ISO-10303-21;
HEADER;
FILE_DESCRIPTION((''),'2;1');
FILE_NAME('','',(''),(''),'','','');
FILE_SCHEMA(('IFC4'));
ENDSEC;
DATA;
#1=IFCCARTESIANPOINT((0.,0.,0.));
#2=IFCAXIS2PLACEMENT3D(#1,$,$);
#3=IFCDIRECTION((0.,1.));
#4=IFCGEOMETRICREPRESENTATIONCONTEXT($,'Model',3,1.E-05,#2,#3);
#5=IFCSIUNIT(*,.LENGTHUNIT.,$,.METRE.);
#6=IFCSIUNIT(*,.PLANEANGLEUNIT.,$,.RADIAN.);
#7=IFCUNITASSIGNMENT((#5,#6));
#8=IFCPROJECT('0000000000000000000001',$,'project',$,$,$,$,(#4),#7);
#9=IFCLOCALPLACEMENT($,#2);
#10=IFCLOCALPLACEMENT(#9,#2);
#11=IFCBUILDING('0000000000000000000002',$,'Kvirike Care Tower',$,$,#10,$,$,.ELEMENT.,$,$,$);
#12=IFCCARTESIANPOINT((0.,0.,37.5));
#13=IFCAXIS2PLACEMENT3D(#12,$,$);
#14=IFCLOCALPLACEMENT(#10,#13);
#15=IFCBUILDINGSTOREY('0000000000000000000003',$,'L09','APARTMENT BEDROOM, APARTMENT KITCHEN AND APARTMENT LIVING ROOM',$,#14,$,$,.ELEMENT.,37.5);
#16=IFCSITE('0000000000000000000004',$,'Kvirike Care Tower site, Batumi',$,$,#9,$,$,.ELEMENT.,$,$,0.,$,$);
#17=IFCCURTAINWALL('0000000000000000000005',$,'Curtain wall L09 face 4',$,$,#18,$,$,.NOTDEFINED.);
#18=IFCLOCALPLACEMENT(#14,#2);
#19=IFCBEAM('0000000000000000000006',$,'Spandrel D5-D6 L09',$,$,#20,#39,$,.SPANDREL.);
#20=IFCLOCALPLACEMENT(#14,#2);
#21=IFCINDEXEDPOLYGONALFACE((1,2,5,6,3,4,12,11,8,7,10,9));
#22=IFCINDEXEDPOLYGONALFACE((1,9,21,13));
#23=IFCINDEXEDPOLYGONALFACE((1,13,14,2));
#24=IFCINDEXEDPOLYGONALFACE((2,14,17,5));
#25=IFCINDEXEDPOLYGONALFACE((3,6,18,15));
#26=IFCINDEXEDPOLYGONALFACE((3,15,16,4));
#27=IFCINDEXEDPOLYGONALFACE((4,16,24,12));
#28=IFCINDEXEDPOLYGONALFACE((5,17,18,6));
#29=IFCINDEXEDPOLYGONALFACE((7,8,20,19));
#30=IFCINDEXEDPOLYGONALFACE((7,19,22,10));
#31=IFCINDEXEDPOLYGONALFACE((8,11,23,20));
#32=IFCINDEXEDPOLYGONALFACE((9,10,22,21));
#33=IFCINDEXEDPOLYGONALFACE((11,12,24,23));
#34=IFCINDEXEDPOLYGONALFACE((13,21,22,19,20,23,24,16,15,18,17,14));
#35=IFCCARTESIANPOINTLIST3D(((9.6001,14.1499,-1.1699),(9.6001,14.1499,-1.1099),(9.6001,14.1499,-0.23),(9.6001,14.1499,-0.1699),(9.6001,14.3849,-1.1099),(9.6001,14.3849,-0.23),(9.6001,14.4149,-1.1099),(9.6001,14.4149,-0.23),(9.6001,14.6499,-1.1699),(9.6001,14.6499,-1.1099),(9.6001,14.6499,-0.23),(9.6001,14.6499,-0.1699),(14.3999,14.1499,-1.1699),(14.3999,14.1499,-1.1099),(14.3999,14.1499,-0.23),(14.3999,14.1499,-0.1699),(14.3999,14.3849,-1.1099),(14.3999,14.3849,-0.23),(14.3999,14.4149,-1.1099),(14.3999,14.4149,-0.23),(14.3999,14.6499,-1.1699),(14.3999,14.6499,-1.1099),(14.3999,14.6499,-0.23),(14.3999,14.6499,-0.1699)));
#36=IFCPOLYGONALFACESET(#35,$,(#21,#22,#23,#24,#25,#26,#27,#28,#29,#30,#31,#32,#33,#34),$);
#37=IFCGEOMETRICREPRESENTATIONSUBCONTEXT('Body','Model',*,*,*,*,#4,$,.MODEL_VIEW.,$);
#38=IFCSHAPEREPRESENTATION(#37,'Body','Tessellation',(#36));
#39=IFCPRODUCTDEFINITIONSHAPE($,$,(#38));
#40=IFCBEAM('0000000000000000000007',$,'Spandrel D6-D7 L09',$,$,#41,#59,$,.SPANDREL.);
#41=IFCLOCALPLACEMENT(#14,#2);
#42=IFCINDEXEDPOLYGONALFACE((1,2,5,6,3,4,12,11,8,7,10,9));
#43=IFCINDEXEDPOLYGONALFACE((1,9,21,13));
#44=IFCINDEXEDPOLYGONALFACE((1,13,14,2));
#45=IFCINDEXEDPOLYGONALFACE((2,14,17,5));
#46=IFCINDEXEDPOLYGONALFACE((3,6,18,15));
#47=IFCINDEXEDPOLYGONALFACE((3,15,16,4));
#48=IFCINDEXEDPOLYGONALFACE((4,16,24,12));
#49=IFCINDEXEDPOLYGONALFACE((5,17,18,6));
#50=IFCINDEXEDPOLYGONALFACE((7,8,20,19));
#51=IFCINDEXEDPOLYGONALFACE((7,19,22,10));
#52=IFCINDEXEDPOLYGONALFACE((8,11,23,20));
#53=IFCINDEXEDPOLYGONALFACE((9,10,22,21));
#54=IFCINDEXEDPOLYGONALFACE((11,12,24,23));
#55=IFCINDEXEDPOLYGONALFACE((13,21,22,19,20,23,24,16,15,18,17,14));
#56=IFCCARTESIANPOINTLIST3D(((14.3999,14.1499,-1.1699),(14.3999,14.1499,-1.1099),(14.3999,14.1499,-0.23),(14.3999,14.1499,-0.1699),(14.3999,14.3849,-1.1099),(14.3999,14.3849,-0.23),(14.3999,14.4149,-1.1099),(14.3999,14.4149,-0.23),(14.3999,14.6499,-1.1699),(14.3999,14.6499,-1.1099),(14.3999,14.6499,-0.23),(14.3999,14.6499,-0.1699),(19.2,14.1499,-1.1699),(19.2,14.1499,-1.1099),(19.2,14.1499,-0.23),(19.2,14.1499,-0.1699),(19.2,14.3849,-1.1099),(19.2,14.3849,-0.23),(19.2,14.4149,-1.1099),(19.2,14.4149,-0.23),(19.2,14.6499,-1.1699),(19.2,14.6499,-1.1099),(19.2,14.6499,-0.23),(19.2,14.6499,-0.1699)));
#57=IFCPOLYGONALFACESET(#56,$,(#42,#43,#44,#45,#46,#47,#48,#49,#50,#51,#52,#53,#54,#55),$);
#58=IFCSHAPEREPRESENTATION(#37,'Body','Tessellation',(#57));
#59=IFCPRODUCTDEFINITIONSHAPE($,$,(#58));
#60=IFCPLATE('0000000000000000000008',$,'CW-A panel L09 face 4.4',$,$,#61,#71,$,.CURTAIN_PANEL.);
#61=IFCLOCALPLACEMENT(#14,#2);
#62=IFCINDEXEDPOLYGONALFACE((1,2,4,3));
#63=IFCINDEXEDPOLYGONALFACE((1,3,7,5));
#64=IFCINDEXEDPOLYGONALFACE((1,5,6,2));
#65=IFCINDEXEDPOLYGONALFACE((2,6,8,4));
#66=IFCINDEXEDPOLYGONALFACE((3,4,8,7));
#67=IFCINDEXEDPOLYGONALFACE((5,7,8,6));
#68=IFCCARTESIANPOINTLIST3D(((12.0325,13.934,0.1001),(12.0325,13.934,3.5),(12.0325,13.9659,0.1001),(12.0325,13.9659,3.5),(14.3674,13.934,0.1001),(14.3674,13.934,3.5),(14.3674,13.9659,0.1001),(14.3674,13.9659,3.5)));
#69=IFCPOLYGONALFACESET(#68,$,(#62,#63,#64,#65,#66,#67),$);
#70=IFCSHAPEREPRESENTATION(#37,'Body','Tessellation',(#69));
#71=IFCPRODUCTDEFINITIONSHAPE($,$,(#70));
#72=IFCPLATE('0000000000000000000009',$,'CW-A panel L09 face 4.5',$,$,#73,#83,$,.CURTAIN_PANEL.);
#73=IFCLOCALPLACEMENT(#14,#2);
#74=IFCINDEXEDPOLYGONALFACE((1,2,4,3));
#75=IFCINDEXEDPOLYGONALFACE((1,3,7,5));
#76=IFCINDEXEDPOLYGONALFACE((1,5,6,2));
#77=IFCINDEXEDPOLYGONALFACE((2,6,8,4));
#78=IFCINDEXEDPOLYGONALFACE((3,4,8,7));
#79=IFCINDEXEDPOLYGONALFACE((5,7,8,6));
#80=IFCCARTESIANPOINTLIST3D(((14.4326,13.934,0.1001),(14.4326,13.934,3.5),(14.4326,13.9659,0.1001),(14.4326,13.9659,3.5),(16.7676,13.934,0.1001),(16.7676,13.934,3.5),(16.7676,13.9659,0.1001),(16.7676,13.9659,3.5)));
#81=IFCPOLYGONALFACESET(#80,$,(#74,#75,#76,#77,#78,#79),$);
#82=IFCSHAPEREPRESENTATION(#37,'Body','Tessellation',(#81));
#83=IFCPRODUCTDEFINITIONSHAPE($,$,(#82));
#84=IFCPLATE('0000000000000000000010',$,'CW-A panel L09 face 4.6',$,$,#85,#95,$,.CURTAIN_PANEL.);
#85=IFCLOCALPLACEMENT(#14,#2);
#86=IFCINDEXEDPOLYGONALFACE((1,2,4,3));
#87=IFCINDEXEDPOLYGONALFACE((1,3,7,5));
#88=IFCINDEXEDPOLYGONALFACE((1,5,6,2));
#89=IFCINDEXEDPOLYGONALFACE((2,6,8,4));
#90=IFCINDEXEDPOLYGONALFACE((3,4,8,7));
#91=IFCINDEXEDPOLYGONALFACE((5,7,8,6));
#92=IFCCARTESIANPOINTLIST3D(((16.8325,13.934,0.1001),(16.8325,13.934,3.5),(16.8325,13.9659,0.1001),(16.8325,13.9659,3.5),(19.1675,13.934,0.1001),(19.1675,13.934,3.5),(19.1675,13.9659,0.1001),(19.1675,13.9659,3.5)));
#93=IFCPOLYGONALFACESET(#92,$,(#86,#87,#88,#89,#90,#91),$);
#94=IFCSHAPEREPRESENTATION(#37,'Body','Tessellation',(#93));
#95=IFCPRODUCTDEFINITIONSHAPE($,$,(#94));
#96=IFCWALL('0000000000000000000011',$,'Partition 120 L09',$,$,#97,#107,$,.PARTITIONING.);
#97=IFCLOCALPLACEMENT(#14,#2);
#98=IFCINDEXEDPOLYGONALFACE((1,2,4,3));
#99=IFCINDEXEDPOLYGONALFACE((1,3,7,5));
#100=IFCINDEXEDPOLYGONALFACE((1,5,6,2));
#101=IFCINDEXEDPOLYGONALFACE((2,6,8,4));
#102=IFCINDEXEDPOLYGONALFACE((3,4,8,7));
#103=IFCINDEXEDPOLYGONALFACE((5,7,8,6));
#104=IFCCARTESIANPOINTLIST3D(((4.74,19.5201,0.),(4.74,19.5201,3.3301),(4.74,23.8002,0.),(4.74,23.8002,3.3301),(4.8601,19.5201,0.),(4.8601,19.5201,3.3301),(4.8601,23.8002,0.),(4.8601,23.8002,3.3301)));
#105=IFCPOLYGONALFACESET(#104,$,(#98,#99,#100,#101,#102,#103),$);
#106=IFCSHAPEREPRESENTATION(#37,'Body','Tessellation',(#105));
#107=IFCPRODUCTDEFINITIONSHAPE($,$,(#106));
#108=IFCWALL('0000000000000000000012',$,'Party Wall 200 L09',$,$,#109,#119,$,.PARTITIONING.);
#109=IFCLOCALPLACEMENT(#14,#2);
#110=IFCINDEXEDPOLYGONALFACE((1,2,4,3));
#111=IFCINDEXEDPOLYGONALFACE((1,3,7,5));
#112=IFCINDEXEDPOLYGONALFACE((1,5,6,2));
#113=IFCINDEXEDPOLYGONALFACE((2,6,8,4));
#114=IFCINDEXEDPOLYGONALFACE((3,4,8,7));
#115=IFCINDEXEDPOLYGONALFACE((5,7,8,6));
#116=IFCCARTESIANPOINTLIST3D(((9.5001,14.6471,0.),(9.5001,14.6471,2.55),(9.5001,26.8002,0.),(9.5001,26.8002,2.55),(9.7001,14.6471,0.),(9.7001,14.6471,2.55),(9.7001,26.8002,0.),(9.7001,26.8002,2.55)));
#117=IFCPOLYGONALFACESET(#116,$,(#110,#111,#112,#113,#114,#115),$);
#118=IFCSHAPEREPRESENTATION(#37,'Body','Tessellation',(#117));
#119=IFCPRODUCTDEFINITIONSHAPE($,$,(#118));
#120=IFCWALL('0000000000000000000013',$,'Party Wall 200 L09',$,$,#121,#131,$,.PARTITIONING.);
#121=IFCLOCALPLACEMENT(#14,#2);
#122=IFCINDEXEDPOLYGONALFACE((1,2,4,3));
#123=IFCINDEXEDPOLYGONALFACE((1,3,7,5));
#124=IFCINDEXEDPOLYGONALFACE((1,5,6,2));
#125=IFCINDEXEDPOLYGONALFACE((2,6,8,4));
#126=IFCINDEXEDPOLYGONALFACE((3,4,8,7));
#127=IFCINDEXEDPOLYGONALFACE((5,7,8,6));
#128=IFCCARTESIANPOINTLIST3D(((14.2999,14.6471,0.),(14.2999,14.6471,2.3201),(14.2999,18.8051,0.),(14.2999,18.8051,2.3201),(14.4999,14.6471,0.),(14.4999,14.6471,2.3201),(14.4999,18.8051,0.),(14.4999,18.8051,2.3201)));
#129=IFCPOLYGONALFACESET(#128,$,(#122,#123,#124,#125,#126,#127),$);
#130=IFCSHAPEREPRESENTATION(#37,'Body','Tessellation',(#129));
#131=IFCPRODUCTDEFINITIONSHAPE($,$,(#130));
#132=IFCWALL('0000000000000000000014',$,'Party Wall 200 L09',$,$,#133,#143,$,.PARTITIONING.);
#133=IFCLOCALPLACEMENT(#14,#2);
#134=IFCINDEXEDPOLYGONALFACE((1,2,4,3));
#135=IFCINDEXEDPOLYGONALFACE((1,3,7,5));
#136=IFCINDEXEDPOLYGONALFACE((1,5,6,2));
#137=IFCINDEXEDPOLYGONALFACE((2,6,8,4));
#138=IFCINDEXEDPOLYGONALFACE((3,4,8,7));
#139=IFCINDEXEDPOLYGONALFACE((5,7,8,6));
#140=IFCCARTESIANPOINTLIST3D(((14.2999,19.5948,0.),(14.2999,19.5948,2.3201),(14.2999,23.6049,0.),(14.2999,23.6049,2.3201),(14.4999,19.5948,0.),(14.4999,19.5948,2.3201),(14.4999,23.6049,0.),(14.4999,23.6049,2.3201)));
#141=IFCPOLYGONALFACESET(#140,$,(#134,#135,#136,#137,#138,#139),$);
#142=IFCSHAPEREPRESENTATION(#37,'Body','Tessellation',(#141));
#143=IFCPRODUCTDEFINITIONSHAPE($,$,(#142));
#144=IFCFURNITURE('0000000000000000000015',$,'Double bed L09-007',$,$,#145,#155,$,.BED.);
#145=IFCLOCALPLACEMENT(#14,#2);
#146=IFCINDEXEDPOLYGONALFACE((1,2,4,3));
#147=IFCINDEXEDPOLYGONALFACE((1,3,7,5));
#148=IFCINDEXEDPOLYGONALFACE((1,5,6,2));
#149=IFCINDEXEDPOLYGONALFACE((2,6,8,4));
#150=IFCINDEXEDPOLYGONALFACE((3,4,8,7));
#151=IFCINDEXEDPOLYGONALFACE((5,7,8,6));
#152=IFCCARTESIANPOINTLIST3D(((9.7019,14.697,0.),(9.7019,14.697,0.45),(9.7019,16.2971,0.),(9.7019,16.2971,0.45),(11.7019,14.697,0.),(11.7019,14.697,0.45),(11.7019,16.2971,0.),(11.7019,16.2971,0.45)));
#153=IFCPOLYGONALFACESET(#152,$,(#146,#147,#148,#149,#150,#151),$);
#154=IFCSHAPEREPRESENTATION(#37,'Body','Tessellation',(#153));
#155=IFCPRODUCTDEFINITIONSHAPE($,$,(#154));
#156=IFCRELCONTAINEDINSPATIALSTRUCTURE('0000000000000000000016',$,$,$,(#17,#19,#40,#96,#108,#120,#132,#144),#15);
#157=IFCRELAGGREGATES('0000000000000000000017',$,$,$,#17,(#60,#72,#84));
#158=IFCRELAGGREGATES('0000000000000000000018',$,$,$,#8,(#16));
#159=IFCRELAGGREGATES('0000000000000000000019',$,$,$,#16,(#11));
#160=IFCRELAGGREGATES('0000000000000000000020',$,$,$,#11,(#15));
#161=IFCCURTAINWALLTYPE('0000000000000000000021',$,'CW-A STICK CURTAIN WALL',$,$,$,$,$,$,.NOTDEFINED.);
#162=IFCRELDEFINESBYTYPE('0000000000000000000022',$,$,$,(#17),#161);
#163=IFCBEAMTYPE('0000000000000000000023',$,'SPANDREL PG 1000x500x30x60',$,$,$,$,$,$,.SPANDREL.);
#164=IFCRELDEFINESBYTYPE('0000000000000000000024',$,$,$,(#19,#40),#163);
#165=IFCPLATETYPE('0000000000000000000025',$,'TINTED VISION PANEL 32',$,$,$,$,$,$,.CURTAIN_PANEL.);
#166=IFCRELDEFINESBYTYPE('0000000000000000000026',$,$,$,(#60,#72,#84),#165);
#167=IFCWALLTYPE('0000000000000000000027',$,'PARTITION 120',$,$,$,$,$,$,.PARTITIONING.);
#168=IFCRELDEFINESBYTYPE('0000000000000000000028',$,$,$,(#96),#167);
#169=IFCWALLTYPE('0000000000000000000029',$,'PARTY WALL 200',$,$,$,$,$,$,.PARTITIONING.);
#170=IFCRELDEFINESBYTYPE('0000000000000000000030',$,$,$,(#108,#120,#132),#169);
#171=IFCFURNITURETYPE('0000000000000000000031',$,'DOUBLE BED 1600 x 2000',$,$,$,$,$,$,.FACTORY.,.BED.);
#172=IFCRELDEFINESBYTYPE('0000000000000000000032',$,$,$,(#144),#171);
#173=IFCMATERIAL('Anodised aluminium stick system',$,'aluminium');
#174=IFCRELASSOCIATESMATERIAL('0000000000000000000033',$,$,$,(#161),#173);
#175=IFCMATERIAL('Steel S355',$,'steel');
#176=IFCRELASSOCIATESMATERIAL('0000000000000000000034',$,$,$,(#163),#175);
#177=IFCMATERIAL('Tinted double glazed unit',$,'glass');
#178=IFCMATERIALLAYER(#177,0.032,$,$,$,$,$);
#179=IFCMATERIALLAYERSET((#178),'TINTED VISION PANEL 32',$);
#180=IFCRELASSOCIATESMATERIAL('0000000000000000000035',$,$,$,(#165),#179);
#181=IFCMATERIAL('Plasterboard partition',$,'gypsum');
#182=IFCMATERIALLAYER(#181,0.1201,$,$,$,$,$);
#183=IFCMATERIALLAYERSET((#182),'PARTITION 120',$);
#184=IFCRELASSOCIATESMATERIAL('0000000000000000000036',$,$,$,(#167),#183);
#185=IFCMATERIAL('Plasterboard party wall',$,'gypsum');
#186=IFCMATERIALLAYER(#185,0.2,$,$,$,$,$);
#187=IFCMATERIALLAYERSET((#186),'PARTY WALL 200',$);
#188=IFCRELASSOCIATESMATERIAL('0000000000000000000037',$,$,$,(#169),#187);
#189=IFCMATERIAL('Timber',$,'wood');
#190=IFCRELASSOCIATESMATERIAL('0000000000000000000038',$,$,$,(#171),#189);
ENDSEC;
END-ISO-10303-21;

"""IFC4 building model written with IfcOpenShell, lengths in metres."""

from ifc_helpers import new_model, si_unit, direction, frame, frame_2d, origin, origin_2d, place, context, subcontext, project, spatial, rectangle, i_section, extrude, material, layer, layer_set, material_profile, profile_set, type_object, element, aggregate, save


model = new_model("IFC4")

# Units and contexts
model_context = context("Model", 3, precision=1e-05, world=origin(), true_north=direction((0.0, 1.0)))
body_context = subcontext(model_context, "Body", "Model", "MODEL_VIEW")
ifc_project = project(units=[si_unit("LENGTHUNIT", "METRE"), si_unit("PLANEANGLEUNIT", "RADIAN")], contexts=[model_context])

# Site, building, storey
site_placement = place(None, origin())
site = spatial("IfcSite", under=ifc_project, at=site_placement, Name="Kvirike Care Tower site, Batumi", CompositionType="ELEMENT", RefElevation=0.0)
building_placement = place(site_placement, origin())
building = spatial("IfcBuilding", under=site, at=building_placement, Name="Kvirike Care Tower", CompositionType="ELEMENT")
storey_placement = place(building_placement, frame((0.0, 0.0, 37.5)))
storey = spatial("IfcBuildingStorey", under=building, at=storey_placement, Name="L09", Description="APARTMENT BEDROOM, APARTMENT KITCHEN AND APARTMENT LIVING ROOM", CompositionType="ELEMENT", Elevation=37.5)

# Curtain wall
ifc_material_1 = material(Name="Anodised aluminium stick system", Category="aluminium")
curtain_wall_type = type_object("IfcCurtainWallType", Name="CW-A STICK CURTAIN WALL", PredefinedType="NOTDEFINED", material=ifc_material_1)
curtain_wall_placement = place(storey_placement, origin())
curtain_wall = element("IfcCurtainWall", 1, at=curtain_wall_placement, inside=storey, type_object=curtain_wall_type, Name="Curtain wall L09 face 4", PredefinedType="NOTDEFINED")

# Beams
ifc_material_2 = material(Name="Steel S355", Category="steel")
ifc_material_profile_1 = material_profile(ifc_material_2, i_section(OverallWidth=0.5, OverallDepth=1.0, WebThickness=0.03, FlangeThickness=0.0601, at=origin_2d()), Name="PG 1000x500x30x60")
ifc_profile_set_1 = profile_set([ifc_material_profile_1], Name="Steel S355")
beam_type_1 = type_object("IfcBeamType", Name="SPANDREL PG 1000x500x30x60", PredefinedType="SPANDREL", material=ifc_profile_set_1)
beam_1_placement = place(storey_placement, frame((9.6001, 14.3999, -0.6699), z_axis=(1.0, 0.0, 0.0), x_axis=(0.0, 1.0, 0.0)))
element("IfcBeam", 2, at=beam_1_placement, inside=storey, type_object=beam_type_1, Name="Spandrel D5-D6 L09", PredefinedType="SPANDREL", context=body_context, shape_type="SweptSolid", body=[
    extrude(i_section(OverallWidth=0.5, OverallDepth=1.0, WebThickness=0.03, FlangeThickness=0.0601, at=origin_2d()), origin(), (0.0, 0.0, 1.0), 4.7998),
])
beam_2_placement = place(storey_placement, frame((14.3999, 14.3999, -0.6699), z_axis=(1.0, 0.0, 0.0), x_axis=(0.0, 1.0, 0.0)))
element("IfcBeam", 3, at=beam_2_placement, inside=storey, type_object=beam_type_1, Name="Spandrel D6-D7 L09", PredefinedType="SPANDREL", context=body_context, shape_type="SweptSolid", body=[
    extrude(i_section(OverallWidth=0.5, OverallDepth=1.0, WebThickness=0.03, FlangeThickness=0.0601, at=origin_2d()), origin(), (0.0, 0.0, 1.0), 4.8),
])

# Plates
ifc_material_3 = material(Name="Tinted double glazed unit", Category="glass")
ifc_layer_1 = layer(ifc_material_3, 0.032)
ifc_layer_set_1 = layer_set([ifc_layer_1], Name="TINTED VISION PANEL 32")
plate_type = type_object("IfcPlateType", Name="TINTED VISION PANEL 32", PredefinedType="CURTAIN_PANEL", material=ifc_layer_set_1)
plate_1_placement = place(storey_placement, frame((13.2, 13.95, 0.1001), z_axis=(0.0, 0.0, 1.0), x_axis=(1.0, 0.0, 0.0)))
plate_1 = element("IfcPlate", 4, at=plate_1_placement, type_object=plate_type, Name="CW-A panel L09 face 4.4", PredefinedType="CURTAIN_PANEL", context=body_context, shape_type="SweptSolid", body=[
    extrude(rectangle(XDim=2.335, YDim=0.032, at=origin_2d()), origin(), (0.0, 0.0, 1.0), 3.3999),
])
plate_2_placement = place(storey_placement, frame((15.6001, 13.95, 0.1001), z_axis=(0.0, 0.0, 1.0), x_axis=(1.0, 0.0, 0.0)))
plate_2 = element("IfcPlate", 5, at=plate_2_placement, type_object=plate_type, Name="CW-A panel L09 face 4.5", PredefinedType="CURTAIN_PANEL", context=body_context, shape_type="SweptSolid", body=[
    extrude(rectangle(XDim=2.335, YDim=0.032, at=origin_2d()), origin(), (0.0, 0.0, 1.0), 3.3999),
])
plate_3_placement = place(storey_placement, frame((18.0, 13.95, 0.1001), z_axis=(0.0, 0.0, 1.0), x_axis=(1.0, 0.0, 0.0)))
plate_3 = element("IfcPlate", 6, at=plate_3_placement, type_object=plate_type, Name="CW-A panel L09 face 4.6", PredefinedType="CURTAIN_PANEL", context=body_context, shape_type="SweptSolid", body=[
    extrude(rectangle(XDim=2.335, YDim=0.032, at=origin_2d()), origin(), (0.0, 0.0, 1.0), 3.3999),
])
aggregate(curtain_wall, [plate_1, plate_2, plate_3])

# Walls
ifc_material_4 = material(Name="Plasterboard partition", Category="gypsum")
ifc_layer_2 = layer(ifc_material_4, 0.1201)
ifc_layer_set_2 = layer_set([ifc_layer_2], Name="PARTITION 120")
wall_type_1 = type_object("IfcWallType", Name="PARTITION 120", PredefinedType="PARTITIONING", material=ifc_layer_set_2)
wall_1_placement = place(storey_placement, frame((4.8, 19.52, 0.0), z_axis=(0.0, 0.0, 1.0), x_axis=(0.0, 1.0, 0.0)))
element("IfcWall", 7, at=wall_1_placement, inside=storey, type_object=wall_type_1, Name="Partition 120 L09", PredefinedType="PARTITIONING", context=body_context, shape_type="SweptSolid", body=[
    extrude(rectangle(XDim=4.28, YDim=0.1201, at=frame_2d((2.1401, 0.0))), origin(), (0.0, 0.0, 1.0), 3.3301),
])
ifc_material_5 = material(Name="Plasterboard party wall", Category="gypsum")
ifc_layer_3 = layer(ifc_material_5, 0.2)
ifc_layer_set_3 = layer_set([ifc_layer_3], Name="PARTY WALL 200")
wall_type_2 = type_object("IfcWallType", Name="PARTY WALL 200", PredefinedType="PARTITIONING", material=ifc_layer_set_3)
wall_2_placement = place(storey_placement, frame((9.6001, 14.647, 0.0), z_axis=(0.0, 0.0, 1.0), x_axis=(0.0, 1.0, 0.0)))
element("IfcWall", 8, at=wall_2_placement, inside=storey, type_object=wall_type_2, Name="Party Wall 200 L09", PredefinedType="PARTITIONING", context=body_context, shape_type="SweptSolid", body=[
    extrude(rectangle(XDim=12.1531, YDim=0.2, at=frame_2d((6.0767, 0.0))), origin(), (0.0, 0.0, 1.0), 2.55),
])
wall_3_placement = place(storey_placement, frame((14.3999, 14.647, 0.0), z_axis=(0.0, 0.0, 1.0), x_axis=(0.0, 1.0, 0.0)))
element("IfcWall", 9, at=wall_3_placement, inside=storey, type_object=wall_type_2, Name="Party Wall 200 L09", PredefinedType="PARTITIONING", context=body_context, shape_type="SweptSolid", body=[
    extrude(rectangle(XDim=4.158, YDim=0.2, at=frame_2d((2.0791, 0.0))), origin(), (0.0, 0.0, 1.0), 2.3201),
])
wall_4_placement = place(storey_placement, frame((14.3999, 19.595, 0.0), z_axis=(0.0, 0.0, 1.0), x_axis=(0.0, 1.0, 0.0)))
element("IfcWall", 10, at=wall_4_placement, inside=storey, type_object=wall_type_2, Name="Party Wall 200 L09", PredefinedType="PARTITIONING", context=body_context, shape_type="SweptSolid", body=[
    extrude(rectangle(XDim=4.01, YDim=0.2, at=frame_2d((2.0049, 0.0))), origin(), (0.0, 0.0, 1.0), 2.3201),
])

# Furniture
ifc_material_6 = material(Name="Timber", Category="wood")
furniture_type = type_object("IfcFurnitureType", Name="DOUBLE BED 1600 x 2000", AssemblyPlace="FACTORY", PredefinedType="BED", material=ifc_material_6)
furniture_placement = place(storey_placement, frame((10.7019, 15.4971, 0.0), z_axis=(0.0, 0.0, 1.0), x_axis=(0.0, 1.0, 0.0)))
element("IfcFurniture", 11, at=furniture_placement, inside=storey, type_object=furniture_type, Name="Double bed L09-007", PredefinedType="BED", context=body_context, shape_type="SweptSolid", body=[
    extrude(rectangle(XDim=1.6001, YDim=2.0, at=origin_2d()), origin(), (0.0, 0.0, 1.0), 0.45),
])

save(model, "model.ifc")
